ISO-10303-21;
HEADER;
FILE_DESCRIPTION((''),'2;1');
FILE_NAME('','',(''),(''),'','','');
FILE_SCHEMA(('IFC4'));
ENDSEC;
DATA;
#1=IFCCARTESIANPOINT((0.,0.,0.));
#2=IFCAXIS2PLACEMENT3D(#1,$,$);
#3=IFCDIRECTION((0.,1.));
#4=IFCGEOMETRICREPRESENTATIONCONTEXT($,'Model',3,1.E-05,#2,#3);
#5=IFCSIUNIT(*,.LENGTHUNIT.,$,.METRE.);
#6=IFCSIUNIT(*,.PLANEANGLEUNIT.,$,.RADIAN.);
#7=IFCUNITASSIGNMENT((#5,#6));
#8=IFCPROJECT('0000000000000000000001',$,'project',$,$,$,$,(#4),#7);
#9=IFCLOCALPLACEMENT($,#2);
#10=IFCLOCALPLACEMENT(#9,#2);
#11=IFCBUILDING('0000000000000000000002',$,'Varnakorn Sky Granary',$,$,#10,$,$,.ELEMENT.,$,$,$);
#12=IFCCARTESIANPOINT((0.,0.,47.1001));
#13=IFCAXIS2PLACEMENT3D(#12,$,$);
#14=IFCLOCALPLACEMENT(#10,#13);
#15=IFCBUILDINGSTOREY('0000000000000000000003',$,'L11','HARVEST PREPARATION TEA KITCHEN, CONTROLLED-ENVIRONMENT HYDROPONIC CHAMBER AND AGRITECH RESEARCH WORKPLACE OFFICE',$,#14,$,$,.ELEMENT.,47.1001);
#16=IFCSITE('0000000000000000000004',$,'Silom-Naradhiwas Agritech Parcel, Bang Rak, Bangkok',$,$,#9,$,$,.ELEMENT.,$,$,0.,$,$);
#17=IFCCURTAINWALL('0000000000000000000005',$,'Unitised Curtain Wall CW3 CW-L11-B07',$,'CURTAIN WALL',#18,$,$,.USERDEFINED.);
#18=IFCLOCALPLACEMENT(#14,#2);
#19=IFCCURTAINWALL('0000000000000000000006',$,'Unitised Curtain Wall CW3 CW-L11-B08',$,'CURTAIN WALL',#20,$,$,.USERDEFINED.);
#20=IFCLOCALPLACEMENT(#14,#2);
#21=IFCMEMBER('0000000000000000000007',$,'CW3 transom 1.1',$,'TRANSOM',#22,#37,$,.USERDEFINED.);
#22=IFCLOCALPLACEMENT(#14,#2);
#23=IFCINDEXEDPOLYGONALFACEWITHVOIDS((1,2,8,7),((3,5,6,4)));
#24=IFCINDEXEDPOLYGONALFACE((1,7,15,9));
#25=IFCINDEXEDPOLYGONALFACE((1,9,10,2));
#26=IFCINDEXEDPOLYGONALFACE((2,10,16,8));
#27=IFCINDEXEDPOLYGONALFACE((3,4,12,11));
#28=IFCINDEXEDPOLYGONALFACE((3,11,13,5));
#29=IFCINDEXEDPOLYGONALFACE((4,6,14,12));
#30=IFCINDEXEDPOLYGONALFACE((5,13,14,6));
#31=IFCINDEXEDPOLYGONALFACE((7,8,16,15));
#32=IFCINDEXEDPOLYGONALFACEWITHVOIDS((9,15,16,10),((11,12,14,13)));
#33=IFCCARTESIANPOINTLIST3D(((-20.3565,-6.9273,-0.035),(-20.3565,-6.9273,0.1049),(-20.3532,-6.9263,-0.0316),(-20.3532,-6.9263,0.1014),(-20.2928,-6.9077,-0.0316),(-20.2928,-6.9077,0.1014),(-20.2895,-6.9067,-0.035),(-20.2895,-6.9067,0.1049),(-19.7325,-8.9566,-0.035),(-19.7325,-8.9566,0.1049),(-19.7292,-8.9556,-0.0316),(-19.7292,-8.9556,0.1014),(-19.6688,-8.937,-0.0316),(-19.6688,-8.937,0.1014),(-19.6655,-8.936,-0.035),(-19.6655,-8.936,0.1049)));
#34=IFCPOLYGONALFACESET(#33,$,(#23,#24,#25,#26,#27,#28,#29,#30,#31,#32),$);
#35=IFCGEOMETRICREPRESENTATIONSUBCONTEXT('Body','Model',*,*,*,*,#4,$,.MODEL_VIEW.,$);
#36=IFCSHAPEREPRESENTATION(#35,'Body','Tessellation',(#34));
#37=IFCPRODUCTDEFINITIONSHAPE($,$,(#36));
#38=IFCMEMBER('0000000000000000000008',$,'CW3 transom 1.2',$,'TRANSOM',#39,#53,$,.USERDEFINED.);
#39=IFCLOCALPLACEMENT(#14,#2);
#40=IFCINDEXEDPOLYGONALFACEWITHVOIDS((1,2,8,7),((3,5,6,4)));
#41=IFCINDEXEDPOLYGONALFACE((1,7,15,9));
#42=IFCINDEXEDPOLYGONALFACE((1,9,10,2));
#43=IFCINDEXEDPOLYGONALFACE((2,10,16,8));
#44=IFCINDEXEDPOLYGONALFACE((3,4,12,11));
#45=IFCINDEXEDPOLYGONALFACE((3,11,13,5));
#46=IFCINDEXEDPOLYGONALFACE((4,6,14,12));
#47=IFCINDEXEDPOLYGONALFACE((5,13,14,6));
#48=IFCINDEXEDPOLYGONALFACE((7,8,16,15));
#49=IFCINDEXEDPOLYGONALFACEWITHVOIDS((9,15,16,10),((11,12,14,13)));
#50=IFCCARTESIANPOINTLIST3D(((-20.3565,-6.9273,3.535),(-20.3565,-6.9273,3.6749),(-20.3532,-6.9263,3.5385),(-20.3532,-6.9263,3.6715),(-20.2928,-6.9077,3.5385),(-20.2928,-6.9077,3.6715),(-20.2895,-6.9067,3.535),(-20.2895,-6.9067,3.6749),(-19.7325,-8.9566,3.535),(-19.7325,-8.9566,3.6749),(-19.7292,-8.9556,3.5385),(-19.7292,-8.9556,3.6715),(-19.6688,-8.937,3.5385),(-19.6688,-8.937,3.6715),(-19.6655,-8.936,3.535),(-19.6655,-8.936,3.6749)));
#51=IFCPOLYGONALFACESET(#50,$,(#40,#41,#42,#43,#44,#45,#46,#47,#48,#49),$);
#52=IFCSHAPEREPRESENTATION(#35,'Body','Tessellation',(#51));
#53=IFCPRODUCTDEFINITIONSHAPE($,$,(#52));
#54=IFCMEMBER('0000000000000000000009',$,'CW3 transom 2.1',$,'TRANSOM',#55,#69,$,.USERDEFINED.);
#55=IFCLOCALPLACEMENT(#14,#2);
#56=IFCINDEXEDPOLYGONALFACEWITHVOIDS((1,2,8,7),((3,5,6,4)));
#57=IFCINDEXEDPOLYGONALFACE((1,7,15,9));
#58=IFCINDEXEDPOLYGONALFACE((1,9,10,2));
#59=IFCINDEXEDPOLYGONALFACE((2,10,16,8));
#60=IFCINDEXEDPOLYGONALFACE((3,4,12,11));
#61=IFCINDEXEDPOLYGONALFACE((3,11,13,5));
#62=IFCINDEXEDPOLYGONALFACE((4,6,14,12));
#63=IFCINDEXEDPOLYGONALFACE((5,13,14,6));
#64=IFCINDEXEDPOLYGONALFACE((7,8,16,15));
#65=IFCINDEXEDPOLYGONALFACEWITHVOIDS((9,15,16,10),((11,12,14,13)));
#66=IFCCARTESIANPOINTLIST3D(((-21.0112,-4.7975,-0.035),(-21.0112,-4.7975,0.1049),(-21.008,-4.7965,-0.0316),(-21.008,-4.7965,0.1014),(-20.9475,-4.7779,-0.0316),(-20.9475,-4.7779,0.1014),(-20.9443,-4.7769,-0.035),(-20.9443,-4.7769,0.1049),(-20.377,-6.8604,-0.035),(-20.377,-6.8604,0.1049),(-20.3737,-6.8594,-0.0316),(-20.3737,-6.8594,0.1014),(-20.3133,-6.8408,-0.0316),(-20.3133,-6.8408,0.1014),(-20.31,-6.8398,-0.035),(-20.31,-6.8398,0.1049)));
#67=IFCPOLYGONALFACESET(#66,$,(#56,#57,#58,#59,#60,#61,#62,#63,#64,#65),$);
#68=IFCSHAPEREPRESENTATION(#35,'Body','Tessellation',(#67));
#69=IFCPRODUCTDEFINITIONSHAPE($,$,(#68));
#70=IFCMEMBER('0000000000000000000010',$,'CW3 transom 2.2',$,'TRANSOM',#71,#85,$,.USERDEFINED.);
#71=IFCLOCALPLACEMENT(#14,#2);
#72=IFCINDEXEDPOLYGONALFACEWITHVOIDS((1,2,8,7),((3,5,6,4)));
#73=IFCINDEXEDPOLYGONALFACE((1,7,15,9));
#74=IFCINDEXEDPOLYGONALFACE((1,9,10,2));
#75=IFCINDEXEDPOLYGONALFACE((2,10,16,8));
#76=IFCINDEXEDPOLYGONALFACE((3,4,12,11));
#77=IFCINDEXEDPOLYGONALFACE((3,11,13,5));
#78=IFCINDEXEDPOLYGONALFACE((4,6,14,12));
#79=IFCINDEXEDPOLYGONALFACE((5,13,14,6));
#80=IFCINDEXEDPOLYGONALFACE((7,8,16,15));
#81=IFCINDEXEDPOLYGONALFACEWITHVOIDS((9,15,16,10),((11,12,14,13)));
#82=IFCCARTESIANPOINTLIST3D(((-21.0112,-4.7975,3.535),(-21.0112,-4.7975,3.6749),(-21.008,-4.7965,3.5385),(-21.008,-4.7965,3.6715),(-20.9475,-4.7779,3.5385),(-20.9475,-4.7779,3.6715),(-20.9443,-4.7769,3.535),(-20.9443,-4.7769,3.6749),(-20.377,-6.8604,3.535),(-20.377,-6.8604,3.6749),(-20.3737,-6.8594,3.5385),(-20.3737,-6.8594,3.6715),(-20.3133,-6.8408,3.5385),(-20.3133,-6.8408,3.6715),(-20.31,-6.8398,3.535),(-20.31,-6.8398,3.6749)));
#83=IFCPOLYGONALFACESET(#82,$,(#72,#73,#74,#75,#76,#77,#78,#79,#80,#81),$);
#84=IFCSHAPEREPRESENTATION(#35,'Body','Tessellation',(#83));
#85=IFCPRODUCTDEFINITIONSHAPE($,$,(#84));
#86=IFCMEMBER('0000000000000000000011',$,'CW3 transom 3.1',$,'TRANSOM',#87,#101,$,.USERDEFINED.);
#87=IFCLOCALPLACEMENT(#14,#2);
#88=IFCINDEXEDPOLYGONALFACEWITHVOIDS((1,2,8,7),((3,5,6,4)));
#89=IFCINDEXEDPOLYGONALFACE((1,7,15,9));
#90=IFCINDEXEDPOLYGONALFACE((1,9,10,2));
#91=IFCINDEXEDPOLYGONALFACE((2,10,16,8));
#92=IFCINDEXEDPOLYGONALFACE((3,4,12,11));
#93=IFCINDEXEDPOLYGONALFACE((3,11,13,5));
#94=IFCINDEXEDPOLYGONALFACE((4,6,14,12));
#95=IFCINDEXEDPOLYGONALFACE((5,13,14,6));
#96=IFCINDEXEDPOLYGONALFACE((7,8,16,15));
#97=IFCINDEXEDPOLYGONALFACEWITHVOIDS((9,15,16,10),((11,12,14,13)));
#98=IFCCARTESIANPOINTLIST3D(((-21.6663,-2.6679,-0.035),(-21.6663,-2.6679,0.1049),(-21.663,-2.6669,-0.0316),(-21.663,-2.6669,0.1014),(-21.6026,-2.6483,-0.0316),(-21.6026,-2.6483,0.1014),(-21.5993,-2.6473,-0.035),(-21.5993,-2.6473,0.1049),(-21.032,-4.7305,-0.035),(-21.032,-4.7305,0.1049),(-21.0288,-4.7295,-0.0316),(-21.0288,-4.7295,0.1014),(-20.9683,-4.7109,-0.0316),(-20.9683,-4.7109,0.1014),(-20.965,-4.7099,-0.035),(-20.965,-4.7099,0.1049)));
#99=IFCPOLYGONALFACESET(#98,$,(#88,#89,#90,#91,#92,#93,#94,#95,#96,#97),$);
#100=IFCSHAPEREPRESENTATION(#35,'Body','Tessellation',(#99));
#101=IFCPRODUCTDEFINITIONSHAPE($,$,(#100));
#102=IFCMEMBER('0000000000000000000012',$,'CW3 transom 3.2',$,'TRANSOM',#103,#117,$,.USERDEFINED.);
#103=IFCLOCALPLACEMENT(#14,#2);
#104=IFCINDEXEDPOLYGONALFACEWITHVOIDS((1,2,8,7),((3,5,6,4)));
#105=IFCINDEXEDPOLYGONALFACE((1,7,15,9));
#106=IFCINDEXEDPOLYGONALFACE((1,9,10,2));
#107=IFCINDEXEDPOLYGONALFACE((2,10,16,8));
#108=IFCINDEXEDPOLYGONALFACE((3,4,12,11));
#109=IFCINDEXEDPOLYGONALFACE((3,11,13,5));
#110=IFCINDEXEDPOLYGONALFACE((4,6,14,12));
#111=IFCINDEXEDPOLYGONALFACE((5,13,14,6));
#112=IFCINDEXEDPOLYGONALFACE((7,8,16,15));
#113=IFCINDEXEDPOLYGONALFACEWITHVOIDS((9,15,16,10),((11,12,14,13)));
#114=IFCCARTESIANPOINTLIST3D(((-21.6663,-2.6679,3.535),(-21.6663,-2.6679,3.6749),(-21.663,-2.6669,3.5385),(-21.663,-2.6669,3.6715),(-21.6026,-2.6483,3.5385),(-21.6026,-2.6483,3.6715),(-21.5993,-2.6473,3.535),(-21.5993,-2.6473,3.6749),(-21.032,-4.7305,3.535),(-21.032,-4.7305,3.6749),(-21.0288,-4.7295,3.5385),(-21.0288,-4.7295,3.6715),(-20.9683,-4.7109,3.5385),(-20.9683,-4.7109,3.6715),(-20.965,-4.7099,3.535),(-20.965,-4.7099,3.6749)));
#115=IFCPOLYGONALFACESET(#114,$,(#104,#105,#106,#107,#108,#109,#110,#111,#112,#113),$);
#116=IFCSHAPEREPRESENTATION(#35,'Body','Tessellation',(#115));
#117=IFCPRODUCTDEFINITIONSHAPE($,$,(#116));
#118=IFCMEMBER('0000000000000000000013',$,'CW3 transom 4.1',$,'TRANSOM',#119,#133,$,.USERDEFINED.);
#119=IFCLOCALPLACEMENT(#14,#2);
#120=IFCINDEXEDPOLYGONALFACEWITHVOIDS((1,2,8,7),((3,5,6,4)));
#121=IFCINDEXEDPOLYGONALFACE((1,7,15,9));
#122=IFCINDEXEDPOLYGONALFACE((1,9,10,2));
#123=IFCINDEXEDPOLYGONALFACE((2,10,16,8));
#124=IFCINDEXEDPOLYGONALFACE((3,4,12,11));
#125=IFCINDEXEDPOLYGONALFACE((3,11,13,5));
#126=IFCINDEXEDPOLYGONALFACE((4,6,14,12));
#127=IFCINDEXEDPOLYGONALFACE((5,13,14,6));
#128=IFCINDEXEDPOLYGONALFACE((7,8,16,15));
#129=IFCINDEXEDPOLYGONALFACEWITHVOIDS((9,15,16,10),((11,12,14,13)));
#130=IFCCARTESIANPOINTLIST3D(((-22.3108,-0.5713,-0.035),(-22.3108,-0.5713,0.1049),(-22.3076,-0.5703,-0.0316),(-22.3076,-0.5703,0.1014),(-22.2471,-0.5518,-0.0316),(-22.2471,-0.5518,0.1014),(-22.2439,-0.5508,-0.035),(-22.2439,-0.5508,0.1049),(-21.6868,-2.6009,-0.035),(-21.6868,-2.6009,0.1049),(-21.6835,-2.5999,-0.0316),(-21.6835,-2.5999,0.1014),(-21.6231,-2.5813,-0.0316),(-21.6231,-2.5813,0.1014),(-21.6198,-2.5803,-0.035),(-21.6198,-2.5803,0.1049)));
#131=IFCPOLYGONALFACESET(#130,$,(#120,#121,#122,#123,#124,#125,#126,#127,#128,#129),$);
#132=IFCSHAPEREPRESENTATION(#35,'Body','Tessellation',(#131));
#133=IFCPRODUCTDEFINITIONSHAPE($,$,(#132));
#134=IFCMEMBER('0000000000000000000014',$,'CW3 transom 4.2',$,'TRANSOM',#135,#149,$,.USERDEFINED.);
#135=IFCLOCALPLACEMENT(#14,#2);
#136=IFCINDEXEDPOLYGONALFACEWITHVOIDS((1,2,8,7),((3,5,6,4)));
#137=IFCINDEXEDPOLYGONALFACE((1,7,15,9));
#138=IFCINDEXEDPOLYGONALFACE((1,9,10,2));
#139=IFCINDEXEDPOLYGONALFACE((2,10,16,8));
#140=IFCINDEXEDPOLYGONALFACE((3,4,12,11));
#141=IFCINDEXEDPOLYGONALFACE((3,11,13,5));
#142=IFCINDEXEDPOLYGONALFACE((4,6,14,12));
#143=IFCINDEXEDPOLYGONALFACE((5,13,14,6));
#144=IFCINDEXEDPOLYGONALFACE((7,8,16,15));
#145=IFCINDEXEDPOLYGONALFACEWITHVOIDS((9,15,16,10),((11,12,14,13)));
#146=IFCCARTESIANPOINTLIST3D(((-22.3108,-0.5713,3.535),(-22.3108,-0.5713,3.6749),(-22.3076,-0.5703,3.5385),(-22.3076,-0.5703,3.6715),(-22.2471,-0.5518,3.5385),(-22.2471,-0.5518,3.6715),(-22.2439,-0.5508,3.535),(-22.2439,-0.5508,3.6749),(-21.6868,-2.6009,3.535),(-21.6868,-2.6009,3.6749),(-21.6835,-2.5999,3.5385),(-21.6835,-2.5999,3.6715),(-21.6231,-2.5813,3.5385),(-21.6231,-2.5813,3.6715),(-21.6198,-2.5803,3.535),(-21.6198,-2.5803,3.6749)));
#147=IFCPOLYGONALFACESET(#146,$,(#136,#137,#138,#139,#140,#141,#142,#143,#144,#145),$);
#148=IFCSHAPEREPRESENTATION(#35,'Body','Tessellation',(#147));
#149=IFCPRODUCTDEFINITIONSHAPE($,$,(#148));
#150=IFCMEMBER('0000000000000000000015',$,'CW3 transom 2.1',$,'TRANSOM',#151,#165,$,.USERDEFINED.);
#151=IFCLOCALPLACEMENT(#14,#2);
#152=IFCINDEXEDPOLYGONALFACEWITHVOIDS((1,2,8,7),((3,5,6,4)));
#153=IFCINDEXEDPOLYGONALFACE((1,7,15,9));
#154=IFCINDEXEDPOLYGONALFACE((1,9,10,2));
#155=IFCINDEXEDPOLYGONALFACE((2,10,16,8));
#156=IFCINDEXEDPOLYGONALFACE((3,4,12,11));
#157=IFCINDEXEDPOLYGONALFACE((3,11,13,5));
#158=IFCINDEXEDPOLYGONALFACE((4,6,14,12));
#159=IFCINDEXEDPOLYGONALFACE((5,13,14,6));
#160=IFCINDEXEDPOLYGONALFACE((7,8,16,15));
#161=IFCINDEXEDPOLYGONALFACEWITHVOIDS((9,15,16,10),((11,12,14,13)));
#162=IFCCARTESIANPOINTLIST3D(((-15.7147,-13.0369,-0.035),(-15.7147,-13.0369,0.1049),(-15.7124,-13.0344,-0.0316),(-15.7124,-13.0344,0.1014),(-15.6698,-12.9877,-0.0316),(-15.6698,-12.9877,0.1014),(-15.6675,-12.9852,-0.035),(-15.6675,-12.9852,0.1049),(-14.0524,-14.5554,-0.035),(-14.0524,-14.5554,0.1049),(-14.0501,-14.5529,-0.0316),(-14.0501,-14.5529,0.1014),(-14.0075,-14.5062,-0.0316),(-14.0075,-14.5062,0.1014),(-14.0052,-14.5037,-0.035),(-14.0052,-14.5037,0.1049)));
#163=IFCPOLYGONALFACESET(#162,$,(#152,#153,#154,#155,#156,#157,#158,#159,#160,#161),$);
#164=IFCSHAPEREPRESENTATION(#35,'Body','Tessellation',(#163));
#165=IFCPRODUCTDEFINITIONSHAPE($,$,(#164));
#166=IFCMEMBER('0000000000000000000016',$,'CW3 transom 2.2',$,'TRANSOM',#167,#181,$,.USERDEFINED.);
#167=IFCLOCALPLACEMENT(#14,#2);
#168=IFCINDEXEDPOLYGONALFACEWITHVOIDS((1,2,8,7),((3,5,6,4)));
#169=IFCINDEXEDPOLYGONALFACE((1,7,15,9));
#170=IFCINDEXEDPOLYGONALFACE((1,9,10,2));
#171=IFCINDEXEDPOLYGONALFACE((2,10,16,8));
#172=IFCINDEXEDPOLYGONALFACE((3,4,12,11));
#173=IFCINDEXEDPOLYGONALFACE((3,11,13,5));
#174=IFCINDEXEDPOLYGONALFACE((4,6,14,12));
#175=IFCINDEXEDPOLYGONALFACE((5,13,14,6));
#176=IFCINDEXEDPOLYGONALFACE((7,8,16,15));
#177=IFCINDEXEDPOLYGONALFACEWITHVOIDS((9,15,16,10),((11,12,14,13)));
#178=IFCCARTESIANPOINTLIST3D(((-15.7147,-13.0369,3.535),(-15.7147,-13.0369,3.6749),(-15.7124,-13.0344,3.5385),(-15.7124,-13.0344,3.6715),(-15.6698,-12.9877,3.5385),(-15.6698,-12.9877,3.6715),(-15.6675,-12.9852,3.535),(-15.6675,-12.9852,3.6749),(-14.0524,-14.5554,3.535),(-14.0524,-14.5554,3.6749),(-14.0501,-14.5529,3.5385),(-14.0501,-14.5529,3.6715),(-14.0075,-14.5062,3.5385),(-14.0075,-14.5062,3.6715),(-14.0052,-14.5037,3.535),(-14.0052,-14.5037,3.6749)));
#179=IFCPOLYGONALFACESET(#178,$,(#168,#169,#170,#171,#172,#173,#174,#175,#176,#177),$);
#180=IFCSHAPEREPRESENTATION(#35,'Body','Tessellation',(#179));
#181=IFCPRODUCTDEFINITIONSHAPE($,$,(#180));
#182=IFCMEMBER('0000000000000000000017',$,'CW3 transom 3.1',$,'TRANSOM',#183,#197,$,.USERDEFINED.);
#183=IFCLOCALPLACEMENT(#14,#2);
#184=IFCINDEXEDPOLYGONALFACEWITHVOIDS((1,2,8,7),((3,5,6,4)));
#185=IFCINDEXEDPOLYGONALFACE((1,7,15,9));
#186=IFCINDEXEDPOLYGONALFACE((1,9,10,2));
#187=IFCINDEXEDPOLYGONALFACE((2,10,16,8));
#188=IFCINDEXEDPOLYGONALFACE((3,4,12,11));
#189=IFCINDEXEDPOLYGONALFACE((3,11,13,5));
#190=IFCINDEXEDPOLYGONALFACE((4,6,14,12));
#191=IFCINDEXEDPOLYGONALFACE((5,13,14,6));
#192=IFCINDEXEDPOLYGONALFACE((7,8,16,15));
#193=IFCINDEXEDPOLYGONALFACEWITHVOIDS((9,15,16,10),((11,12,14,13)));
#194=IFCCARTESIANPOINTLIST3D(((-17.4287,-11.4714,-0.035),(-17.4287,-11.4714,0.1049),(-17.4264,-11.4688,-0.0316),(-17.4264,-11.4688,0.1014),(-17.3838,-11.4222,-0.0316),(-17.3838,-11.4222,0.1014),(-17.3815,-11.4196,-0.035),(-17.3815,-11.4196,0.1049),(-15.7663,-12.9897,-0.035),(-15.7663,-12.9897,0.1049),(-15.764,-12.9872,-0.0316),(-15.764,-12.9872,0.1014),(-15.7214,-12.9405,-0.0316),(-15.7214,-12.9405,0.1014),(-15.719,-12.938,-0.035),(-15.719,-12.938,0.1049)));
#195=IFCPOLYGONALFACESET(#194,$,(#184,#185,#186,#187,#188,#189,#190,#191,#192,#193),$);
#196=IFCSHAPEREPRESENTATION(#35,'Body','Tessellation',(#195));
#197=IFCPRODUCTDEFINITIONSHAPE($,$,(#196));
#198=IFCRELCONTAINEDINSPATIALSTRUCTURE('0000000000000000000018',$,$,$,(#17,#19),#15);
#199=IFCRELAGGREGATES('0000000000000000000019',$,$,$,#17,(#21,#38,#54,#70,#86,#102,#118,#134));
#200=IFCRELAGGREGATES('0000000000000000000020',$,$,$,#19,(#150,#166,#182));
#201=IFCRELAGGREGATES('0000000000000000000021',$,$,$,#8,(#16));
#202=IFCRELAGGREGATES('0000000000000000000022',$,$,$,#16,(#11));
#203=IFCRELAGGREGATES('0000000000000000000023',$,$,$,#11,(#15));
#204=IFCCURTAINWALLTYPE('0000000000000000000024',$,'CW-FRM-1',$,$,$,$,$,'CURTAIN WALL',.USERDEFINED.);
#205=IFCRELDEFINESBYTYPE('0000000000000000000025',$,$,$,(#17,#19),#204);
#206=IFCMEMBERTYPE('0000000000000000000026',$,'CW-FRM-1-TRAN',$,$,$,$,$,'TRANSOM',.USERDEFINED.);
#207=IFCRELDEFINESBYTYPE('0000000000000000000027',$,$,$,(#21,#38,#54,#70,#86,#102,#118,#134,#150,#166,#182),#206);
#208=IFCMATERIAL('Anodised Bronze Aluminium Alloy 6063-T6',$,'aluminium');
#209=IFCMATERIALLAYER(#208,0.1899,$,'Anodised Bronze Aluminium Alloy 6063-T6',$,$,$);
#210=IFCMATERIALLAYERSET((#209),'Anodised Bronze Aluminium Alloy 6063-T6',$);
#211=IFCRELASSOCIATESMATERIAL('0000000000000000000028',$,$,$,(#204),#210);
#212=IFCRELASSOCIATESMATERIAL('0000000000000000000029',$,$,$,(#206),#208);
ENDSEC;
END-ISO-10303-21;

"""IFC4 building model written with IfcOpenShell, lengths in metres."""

from ifc_helpers import new_model, si_unit, direction, frame, origin, origin_2d, place, context, subcontext, project, spatial, hollow_rectangle, extrude, material, layer, layer_set, material_profile, profile_set, type_object, element, aggregate, save


model = new_model("IFC4")

# Units and contexts
model_context = context("Model", 3, precision=1e-05, world=origin(), true_north=direction((0.0, 1.0)))
body_context = subcontext(model_context, "Body", "Model", "MODEL_VIEW")
ifc_project = project(units=[si_unit("LENGTHUNIT", "METRE"), si_unit("PLANEANGLEUNIT", "RADIAN")], contexts=[model_context])

# Site, building, storey
site_placement = place(None, origin())
site = spatial("IfcSite", under=ifc_project, at=site_placement, Name="Silom-Naradhiwas Agritech Parcel, Bang Rak, Bangkok", CompositionType="ELEMENT", RefElevation=0.0)
building_placement = place(site_placement, origin())
building = spatial("IfcBuilding", under=site, at=building_placement, Name="Varnakorn Sky Granary", CompositionType="ELEMENT")
storey_placement = place(building_placement, frame((0.0, 0.0, 47.1001)))
storey = spatial("IfcBuildingStorey", under=building, at=storey_placement, Name="L11", Description="HARVEST PREPARATION TEA KITCHEN, CONTROLLED-ENVIRONMENT HYDROPONIC CHAMBER AND AGRITECH RESEARCH WORKPLACE OFFICE", CompositionType="ELEMENT", Elevation=47.1001)

# Curtain walls
ifc_material_1 = material(Name="Anodised Bronze Aluminium Alloy 6063-T6", Category="aluminium")
ifc_layer_1 = layer(ifc_material_1, 0.1899, Name="Anodised Bronze Aluminium Alloy 6063-T6")
ifc_layer_set_1 = layer_set([ifc_layer_1], Name="Anodised Bronze Aluminium Alloy 6063-T6")
curtain_wall_type = type_object("IfcCurtainWallType", Name="CW-FRM-1", ElementType="CURTAIN WALL", PredefinedType="USERDEFINED", material=ifc_layer_set_1)
curtain_wall_1_placement = place(storey_placement, origin())
curtain_wall_1 = element("IfcCurtainWall", 1, at=curtain_wall_1_placement, inside=storey, type_object=curtain_wall_type, Name="Unitised Curtain Wall CW3 CW-L11-B07", ObjectType="CURTAIN WALL", PredefinedType="USERDEFINED")
curtain_wall_2_placement = place(storey_placement, origin())
curtain_wall_2 = element("IfcCurtainWall", 2, at=curtain_wall_2_placement, inside=storey, type_object=curtain_wall_type, Name="Unitised Curtain Wall CW3 CW-L11-B08", ObjectType="CURTAIN WALL", PredefinedType="USERDEFINED")

# Members
ifc_material_profile_1 = material_profile(ifc_material_1, hollow_rectangle(XDim=0.0701, YDim=0.1399, WallThickness=0.0034, at=origin_2d()), Name="ALU TRAN 70x140")
ifc_profile_set_1 = profile_set([ifc_material_profile_1], Name="Anodised Bronze Aluminium Alloy 6063-T6")
member_type_1 = type_object("IfcMemberType", Name="CW-FRM-1-TRAN", ElementType="TRANSOM", PredefinedType="USERDEFINED", material=ifc_profile_set_1)
member_1_placement = place(storey_placement, frame((-19.699, -8.9463, 0.0349), z_axis=(-0.293924, 0.955829, 0.0), x_axis=(-0.955829, -0.293924, 0.0)))
member_1 = element("IfcMember", 3, at=member_1_placement, type_object=member_type_1, Name="CW3 transom 1.1", ObjectType="TRANSOM", PredefinedType="USERDEFINED", context=body_context, shape_type="SweptSolid", body=[
    extrude(hollow_rectangle(XDim=0.0701, YDim=0.1399, WallThickness=0.0034, at=origin_2d()), origin(), (0.0, 0.0, 1.0), 2.123),
])
member_2_placement = place(storey_placement, frame((-19.699, -8.9463, 3.605), z_axis=(-0.293924, 0.955829, 0.0), x_axis=(-0.955829, -0.293924, 0.0)))
member_2 = element("IfcMember", 4, at=member_2_placement, type_object=member_type_1, Name="CW3 transom 1.2", ObjectType="TRANSOM", PredefinedType="USERDEFINED", context=body_context, shape_type="SweptSolid", body=[
    extrude(hollow_rectangle(XDim=0.0701, YDim=0.1399, WallThickness=0.0034, at=origin_2d()), origin(), (0.0, 0.0, 1.0), 2.123),
])
member_3_placement = place(storey_placement, frame((-20.3435, -6.8501, 0.0349), z_axis=(-0.293879, 0.955843, 0.0), x_axis=(-0.955843, -0.293879, 0.0)))
member_3 = element("IfcMember", 5, at=member_3_placement, type_object=member_type_1, Name="CW3 transom 2.1", ObjectType="TRANSOM", PredefinedType="USERDEFINED", context=body_context, shape_type="SweptSolid", body=[
    extrude(hollow_rectangle(XDim=0.0701, YDim=0.1399, WallThickness=0.0034, at=origin_2d()), origin(), (0.0, 0.0, 1.0), 2.1582),
])
member_4_placement = place(storey_placement, frame((-20.3435, -6.8501, 3.605), z_axis=(-0.293879, 0.955843, 0.0), x_axis=(-0.955843, -0.293879, 0.0)))
member_4 = element("IfcMember", 6, at=member_4_placement, type_object=member_type_1, Name="CW3 transom 2.2", ObjectType="TRANSOM", PredefinedType="USERDEFINED", context=body_context, shape_type="SweptSolid", body=[
    extrude(hollow_rectangle(XDim=0.0701, YDim=0.1399, WallThickness=0.0034, at=origin_2d()), origin(), (0.0, 0.0, 1.0), 2.1582),
])
member_5_placement = place(storey_placement, frame((-20.9985, -4.7202, 0.0349), z_axis=(-0.293911, 0.955833, 0.0), x_axis=(-0.955833, -0.293911, 0.0)))
member_5 = element("IfcMember", 7, at=member_5_placement, type_object=member_type_1, Name="CW3 transom 3.1", ObjectType="TRANSOM", PredefinedType="USERDEFINED", context=body_context, shape_type="SweptSolid", body=[
    extrude(hollow_rectangle(XDim=0.0701, YDim=0.1399, WallThickness=0.0034, at=origin_2d()), origin(), (0.0, 0.0, 1.0), 2.158),
])
member_6_placement = place(storey_placement, frame((-20.9985, -4.7202, 3.605), z_axis=(-0.293911, 0.955833, 0.0), x_axis=(-0.955833, -0.293911, 0.0)))
member_6 = element("IfcMember", 8, at=member_6_placement, type_object=member_type_1, Name="CW3 transom 3.2", ObjectType="TRANSOM", PredefinedType="USERDEFINED", context=body_context, shape_type="SweptSolid", body=[
    extrude(hollow_rectangle(XDim=0.0701, YDim=0.1399, WallThickness=0.0034, at=origin_2d()), origin(), (0.0, 0.0, 1.0), 2.158),
])
member_7_placement = place(storey_placement, frame((-21.6533, -2.5906, 0.0349), z_axis=(-0.293892, 0.955839, 0.0), x_axis=(-0.955839, -0.293892, 0.0)))
member_7 = element("IfcMember", 9, at=member_7_placement, type_object=member_type_1, Name="CW3 transom 4.1", ObjectType="TRANSOM", PredefinedType="USERDEFINED", context=body_context, shape_type="SweptSolid", body=[
    extrude(hollow_rectangle(XDim=0.0701, YDim=0.1399, WallThickness=0.0034, at=origin_2d()), origin(), (0.0, 0.0, 1.0), 2.1233),
])
member_8_placement = place(storey_placement, frame((-21.6533, -2.5906, 3.605), z_axis=(-0.293892, 0.955839, 0.0), x_axis=(-0.955839, -0.293892, 0.0)))
member_8 = element("IfcMember", 10, at=member_8_placement, type_object=member_type_1, Name="CW3 transom 4.2", ObjectType="TRANSOM", PredefinedType="USERDEFINED", context=body_context, shape_type="SweptSolid", body=[
    extrude(hollow_rectangle(XDim=0.0701, YDim=0.1399, WallThickness=0.0034, at=origin_2d()), origin(), (0.0, 0.0, 1.0), 2.1233),
])
member_9_placement = place(storey_placement, frame((-14.0288, -14.5295, 0.0349), z_axis=(-0.738319, 0.674452, 0.0), x_axis=(-0.674452, -0.738319, 0.0)))
member_9 = element("IfcMember", 11, at=member_9_placement, type_object=member_type_1, Name="CW3 transom 2.1", ObjectType="TRANSOM", PredefinedType="USERDEFINED", context=body_context, shape_type="SweptSolid", body=[
    extrude(hollow_rectangle(XDim=0.0701, YDim=0.1399, WallThickness=0.0034, at=origin_2d()), origin(), (0.0, 0.0, 1.0), 2.2515),
])
member_10_placement = place(storey_placement, frame((-14.0288, -14.5295, 3.605), z_axis=(-0.738319, 0.674452, 0.0), x_axis=(-0.674452, -0.738319, 0.0)))
member_10 = element("IfcMember", 12, at=member_10_placement, type_object=member_type_1, Name="CW3 transom 2.2", ObjectType="TRANSOM", PredefinedType="USERDEFINED", context=body_context, shape_type="SweptSolid", body=[
    extrude(hollow_rectangle(XDim=0.0701, YDim=0.1399, WallThickness=0.0034, at=origin_2d()), origin(), (0.0, 0.0, 1.0), 2.2515),
])
member_11_placement = place(storey_placement, frame((-15.7427, -12.9639, 0.0349), z_axis=(-0.738373, 0.674393, 0.0), x_axis=(-0.674393, -0.738373, 0.0)))
member_11 = element("IfcMember", 13, at=member_11_placement, type_object=member_type_1, Name="CW3 transom 3.1", ObjectType="TRANSOM", PredefinedType="USERDEFINED", context=body_context, shape_type="SweptSolid", body=[
    extrude(hollow_rectangle(XDim=0.0701, YDim=0.1399, WallThickness=0.0034, at=origin_2d()), origin(), (0.0, 0.0, 1.0), 2.2515),
])

aggregate(curtain_wall_1, [member_1, member_2, member_3, member_4, member_5, member_6, member_7, member_8])
aggregate(curtain_wall_2, [member_9, member_10, member_11])

save(model, "model.ifc")
